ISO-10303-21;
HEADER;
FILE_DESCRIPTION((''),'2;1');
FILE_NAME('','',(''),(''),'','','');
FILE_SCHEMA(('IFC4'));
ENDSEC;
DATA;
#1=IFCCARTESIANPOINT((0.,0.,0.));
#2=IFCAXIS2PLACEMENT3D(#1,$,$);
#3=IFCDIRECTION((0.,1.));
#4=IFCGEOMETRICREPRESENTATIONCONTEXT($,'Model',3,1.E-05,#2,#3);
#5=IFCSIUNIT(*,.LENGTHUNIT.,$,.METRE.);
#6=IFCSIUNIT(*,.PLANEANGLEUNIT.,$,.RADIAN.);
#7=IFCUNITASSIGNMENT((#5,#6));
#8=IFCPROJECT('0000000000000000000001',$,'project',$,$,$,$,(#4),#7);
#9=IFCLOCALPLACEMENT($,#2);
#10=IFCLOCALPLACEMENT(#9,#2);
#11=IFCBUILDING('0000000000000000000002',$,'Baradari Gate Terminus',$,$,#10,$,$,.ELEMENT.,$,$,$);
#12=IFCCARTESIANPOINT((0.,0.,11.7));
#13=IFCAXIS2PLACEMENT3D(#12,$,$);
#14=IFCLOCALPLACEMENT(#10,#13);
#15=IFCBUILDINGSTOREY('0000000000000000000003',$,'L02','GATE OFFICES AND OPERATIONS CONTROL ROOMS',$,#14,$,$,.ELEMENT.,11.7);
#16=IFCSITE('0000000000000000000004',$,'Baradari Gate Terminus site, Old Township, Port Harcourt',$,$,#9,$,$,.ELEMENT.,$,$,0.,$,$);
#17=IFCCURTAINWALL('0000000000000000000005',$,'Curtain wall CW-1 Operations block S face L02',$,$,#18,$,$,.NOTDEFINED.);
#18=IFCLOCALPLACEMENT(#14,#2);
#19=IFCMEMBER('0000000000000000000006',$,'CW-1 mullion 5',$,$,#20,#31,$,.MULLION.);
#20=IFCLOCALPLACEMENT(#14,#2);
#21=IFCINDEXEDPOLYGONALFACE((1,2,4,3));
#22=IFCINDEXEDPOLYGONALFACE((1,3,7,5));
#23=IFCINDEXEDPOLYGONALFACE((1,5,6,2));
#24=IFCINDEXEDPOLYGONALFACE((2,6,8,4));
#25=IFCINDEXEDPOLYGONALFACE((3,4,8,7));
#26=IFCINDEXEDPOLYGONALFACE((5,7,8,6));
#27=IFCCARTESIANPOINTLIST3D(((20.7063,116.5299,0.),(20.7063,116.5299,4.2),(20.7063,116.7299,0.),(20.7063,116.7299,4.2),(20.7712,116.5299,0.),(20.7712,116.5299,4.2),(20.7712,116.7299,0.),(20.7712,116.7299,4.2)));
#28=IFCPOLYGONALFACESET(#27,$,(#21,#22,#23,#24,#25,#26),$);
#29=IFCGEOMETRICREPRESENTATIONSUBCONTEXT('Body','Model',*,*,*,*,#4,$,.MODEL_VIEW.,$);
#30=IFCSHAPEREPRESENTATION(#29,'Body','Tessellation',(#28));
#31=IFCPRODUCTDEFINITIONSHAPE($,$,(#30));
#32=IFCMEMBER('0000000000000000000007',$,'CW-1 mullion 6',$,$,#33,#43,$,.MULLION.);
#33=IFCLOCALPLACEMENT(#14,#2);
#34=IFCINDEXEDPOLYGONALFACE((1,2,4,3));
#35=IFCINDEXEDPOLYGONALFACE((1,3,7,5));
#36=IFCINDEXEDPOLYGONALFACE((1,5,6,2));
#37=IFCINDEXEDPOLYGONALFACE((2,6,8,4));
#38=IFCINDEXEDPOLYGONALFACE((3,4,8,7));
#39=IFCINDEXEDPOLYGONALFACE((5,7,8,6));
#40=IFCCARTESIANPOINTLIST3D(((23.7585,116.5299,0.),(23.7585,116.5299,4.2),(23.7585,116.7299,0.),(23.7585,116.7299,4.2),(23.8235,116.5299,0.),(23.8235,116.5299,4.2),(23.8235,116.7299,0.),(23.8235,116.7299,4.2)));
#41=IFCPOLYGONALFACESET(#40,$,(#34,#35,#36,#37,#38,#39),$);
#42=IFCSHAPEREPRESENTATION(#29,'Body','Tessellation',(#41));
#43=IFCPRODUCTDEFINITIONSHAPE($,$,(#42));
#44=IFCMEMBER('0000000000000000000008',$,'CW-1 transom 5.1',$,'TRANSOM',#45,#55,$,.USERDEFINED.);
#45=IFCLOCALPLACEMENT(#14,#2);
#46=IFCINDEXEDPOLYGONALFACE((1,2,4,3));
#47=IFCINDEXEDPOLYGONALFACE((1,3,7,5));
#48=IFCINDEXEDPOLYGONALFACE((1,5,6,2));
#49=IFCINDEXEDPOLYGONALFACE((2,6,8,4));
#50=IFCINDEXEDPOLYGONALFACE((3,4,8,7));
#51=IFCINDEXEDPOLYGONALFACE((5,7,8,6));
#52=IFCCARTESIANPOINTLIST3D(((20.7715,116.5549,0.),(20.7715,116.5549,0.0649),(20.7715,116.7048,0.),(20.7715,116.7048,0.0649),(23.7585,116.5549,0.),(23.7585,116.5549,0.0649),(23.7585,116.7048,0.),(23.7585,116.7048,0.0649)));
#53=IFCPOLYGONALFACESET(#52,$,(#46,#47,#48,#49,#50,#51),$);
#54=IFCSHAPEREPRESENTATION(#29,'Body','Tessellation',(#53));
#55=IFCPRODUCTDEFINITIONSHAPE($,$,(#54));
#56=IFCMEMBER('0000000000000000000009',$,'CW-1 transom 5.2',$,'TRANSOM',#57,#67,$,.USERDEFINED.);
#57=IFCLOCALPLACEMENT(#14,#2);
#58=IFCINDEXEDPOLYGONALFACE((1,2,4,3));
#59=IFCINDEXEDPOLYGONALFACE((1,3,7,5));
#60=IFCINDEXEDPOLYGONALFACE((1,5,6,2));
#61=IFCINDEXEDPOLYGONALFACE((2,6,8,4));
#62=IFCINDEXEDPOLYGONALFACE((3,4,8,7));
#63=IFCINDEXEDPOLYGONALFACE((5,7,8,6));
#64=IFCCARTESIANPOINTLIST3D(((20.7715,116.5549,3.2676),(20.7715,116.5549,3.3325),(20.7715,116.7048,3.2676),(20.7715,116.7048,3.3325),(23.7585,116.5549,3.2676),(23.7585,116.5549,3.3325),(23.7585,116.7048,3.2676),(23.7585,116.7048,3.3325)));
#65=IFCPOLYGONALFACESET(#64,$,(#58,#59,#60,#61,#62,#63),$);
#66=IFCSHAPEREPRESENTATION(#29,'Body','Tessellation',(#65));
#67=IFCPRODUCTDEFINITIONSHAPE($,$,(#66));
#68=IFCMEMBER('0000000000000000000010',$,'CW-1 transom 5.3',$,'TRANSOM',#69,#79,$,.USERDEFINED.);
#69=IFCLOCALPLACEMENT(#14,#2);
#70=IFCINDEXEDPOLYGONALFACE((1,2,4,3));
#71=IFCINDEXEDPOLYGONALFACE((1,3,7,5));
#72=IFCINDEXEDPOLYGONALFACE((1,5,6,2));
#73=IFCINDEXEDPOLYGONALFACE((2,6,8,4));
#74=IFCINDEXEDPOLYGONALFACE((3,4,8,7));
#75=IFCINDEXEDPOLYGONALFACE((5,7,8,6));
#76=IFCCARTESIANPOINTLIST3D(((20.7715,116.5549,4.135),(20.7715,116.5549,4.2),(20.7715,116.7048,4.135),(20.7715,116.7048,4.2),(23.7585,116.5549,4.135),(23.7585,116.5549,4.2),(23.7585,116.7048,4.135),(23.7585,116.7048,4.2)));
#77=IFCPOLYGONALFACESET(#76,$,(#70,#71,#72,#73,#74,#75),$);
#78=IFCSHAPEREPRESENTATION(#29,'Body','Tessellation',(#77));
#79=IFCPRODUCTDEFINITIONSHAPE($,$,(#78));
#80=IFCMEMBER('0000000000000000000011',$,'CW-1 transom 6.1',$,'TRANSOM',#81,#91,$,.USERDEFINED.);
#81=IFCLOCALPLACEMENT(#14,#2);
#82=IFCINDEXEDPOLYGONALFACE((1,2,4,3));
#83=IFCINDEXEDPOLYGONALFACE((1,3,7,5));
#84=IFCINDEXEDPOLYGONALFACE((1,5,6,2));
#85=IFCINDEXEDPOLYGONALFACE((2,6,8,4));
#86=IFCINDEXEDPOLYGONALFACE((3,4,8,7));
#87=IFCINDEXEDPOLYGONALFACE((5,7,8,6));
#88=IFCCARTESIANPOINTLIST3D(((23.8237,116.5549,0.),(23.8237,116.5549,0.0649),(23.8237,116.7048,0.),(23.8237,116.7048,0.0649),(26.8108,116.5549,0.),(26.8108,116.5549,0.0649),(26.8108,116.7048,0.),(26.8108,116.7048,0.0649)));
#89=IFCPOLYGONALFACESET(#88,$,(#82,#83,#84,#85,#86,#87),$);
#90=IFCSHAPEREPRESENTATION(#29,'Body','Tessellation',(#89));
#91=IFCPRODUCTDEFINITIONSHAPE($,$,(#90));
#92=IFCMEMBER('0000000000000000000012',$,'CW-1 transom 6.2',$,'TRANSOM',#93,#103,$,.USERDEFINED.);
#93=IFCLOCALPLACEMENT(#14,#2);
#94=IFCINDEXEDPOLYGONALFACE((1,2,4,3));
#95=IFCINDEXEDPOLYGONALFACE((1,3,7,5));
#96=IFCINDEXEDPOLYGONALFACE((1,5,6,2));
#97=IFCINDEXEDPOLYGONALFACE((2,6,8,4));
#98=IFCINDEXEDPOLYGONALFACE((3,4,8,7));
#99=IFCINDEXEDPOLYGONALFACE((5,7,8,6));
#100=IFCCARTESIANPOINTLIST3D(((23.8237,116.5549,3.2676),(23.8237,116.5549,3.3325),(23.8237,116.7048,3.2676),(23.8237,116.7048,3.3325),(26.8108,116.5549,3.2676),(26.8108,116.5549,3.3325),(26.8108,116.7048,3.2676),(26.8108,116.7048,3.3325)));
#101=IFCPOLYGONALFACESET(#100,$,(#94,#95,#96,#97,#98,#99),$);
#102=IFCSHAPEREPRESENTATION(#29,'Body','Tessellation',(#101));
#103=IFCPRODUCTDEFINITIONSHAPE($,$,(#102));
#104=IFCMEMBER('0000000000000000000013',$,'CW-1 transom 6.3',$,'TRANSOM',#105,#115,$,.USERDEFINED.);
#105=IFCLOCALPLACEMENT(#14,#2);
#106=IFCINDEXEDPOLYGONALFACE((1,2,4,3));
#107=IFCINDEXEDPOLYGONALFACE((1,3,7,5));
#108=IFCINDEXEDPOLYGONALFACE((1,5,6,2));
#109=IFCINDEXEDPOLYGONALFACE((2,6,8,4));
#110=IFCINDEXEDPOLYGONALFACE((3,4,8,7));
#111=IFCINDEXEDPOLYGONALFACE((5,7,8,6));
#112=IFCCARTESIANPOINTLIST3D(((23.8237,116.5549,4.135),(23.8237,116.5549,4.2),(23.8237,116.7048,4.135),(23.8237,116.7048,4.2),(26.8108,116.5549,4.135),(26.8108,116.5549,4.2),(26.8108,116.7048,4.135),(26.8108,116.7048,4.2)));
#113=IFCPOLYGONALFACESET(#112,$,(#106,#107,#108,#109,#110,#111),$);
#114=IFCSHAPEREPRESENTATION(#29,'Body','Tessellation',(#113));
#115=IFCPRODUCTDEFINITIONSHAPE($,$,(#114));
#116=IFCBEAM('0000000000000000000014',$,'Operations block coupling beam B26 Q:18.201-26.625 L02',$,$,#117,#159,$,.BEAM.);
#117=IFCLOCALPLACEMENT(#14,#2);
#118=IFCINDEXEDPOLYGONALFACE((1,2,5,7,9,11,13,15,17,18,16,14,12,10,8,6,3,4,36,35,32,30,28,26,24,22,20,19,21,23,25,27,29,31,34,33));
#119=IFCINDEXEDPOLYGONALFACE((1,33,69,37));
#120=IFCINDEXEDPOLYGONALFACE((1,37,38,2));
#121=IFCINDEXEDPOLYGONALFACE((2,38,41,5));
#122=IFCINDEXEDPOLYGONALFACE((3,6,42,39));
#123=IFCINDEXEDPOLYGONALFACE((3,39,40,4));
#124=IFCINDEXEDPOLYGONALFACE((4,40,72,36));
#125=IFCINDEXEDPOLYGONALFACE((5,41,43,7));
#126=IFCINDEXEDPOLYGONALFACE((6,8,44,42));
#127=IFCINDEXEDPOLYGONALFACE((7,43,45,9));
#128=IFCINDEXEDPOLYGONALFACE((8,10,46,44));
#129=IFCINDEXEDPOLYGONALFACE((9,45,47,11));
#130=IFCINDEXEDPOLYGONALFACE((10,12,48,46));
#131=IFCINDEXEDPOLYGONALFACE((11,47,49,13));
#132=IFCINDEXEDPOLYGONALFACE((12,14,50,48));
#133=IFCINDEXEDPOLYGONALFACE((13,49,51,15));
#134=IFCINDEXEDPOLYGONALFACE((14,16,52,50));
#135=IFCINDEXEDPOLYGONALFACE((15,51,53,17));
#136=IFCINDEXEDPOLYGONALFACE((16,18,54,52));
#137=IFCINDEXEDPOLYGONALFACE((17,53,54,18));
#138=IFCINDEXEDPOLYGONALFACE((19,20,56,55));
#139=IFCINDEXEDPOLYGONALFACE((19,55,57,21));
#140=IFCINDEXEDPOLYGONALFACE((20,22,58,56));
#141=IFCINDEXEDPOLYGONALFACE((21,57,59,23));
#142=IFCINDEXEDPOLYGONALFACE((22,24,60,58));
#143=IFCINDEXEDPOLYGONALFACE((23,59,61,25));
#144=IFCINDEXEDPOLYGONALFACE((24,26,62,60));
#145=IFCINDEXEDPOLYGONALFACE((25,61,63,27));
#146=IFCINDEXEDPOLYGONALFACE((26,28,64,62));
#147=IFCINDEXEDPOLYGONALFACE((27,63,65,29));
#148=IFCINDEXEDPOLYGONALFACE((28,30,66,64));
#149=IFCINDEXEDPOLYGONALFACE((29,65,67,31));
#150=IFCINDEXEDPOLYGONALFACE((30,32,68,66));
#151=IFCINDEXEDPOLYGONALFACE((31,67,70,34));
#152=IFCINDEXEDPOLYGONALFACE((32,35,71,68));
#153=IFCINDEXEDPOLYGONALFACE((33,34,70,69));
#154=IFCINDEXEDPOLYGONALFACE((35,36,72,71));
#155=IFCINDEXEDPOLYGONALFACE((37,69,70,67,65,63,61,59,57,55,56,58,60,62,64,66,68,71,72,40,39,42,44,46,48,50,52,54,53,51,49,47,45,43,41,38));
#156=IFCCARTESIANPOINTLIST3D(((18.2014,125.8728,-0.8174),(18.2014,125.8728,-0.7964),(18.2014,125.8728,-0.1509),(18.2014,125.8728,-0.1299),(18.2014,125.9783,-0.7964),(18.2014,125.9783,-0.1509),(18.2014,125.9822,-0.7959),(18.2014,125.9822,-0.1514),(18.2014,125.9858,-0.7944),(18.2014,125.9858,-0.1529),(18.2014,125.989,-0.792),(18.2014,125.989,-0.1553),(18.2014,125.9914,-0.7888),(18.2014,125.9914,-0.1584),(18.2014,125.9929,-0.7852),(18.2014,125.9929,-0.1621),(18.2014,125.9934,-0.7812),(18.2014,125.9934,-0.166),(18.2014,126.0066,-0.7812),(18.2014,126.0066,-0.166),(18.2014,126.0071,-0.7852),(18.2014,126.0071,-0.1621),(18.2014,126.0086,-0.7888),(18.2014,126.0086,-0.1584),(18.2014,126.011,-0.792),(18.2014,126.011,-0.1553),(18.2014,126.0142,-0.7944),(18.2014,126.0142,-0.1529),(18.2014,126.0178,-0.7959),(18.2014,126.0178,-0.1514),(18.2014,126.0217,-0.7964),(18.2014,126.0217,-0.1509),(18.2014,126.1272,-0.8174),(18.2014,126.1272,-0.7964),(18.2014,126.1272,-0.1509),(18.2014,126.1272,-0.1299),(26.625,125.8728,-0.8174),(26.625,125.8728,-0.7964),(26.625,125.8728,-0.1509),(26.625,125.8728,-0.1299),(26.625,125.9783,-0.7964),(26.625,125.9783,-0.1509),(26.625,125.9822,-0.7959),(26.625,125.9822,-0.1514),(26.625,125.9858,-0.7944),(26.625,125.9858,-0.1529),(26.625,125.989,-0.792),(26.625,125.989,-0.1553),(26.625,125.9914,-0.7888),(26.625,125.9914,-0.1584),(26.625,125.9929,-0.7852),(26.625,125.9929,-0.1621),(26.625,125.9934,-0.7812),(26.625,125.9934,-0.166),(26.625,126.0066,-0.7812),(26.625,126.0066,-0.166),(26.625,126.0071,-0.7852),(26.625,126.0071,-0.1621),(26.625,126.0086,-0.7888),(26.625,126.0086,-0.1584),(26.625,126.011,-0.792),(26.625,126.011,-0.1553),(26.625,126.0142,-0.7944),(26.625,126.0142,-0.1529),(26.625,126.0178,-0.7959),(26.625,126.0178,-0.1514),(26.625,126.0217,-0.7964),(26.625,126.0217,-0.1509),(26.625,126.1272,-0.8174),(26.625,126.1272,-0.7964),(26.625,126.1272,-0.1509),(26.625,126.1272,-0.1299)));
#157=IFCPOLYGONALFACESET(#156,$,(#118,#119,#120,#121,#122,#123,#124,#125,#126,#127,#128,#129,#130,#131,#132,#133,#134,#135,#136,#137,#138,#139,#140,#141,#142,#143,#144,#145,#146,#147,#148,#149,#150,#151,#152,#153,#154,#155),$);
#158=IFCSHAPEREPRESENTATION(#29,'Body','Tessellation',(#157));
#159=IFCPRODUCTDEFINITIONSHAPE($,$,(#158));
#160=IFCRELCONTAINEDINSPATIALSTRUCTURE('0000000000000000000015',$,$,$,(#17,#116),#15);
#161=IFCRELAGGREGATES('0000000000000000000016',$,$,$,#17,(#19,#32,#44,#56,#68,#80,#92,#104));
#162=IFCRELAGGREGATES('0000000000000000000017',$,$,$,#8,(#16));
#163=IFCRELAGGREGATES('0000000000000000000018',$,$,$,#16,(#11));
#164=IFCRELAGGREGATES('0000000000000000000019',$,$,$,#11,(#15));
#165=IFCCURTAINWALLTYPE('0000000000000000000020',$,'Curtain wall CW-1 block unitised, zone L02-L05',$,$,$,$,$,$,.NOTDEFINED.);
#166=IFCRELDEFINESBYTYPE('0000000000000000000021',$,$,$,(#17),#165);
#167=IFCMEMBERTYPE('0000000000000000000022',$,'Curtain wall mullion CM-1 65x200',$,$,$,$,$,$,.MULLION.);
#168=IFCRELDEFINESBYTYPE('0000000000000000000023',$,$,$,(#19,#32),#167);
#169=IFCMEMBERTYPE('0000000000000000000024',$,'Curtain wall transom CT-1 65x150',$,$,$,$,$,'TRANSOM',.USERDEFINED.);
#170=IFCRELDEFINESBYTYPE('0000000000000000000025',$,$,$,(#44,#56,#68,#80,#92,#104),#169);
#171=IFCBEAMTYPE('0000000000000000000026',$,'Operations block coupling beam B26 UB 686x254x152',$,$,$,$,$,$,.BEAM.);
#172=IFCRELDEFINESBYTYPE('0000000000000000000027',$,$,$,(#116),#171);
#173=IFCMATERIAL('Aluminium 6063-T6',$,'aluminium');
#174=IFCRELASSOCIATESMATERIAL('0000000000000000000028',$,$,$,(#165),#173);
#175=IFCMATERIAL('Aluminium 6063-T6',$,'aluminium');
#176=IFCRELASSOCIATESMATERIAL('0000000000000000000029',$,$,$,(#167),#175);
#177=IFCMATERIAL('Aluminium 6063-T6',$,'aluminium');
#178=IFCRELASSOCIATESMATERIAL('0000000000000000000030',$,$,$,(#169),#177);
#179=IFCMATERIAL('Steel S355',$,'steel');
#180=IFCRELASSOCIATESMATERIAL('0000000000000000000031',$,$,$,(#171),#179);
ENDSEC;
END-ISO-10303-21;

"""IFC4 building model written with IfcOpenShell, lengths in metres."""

from ifc_helpers import new_model, si_unit, direction, frame, origin, origin_2d, place, context, subcontext, project, spatial, rectangle, i_section, extrude, material, material_profile, profile_set, type_object, element, aggregate, save


model = new_model("IFC4")

# Units and contexts
model_context = context("Model", 3, precision=1e-05, world=origin(), true_north=direction((0.0, 1.0)))
body_context = subcontext(model_context, "Body", "Model", "MODEL_VIEW")
ifc_project = project(units=[si_unit("LENGTHUNIT", "METRE"), si_unit("PLANEANGLEUNIT", "RADIAN")], contexts=[model_context])

# Site, building, storey
site_placement = place(None, origin())
site = spatial("IfcSite", under=ifc_project, at=site_placement, Name="Baradari Gate Terminus site, Old Township, Port Harcourt", CompositionType="ELEMENT", RefElevation=0.0)
building_placement = place(site_placement, origin())
building = spatial("IfcBuilding", under=site, at=building_placement, Name="Baradari Gate Terminus", CompositionType="ELEMENT")
storey_placement = place(building_placement, frame((0.0, 0.0, 11.7)))
storey = spatial("IfcBuildingStorey", under=building, at=storey_placement, Name="L02", Description="GATE OFFICES AND OPERATIONS CONTROL ROOMS", CompositionType="ELEMENT", Elevation=11.7)

# Curtain wall, members
ifc_material_1 = material(Name="Aluminium 6063-T6", Category="aluminium")
curtain_wall_type = type_object("IfcCurtainWallType", Name="Curtain wall CW-1 block unitised, zone L02-L05", PredefinedType="NOTDEFINED", material=ifc_material_1)
curtain_wall_placement = place(storey_placement, origin())
curtain_wall = element("IfcCurtainWall", 1, at=curtain_wall_placement, inside=storey, type_object=curtain_wall_type, Name="Curtain wall CW-1 Operations block S face L02", PredefinedType="NOTDEFINED")
ifc_material_2 = material(Name="Aluminium 6063-T6", Category="aluminium")
ifc_material_profile_1 = material_profile(ifc_material_2, rectangle(XDim=0.2, YDim=0.0649, at=origin_2d()), Name="CM-1 65X200")
ifc_profile_set_1 = profile_set([ifc_material_profile_1], Name="Aluminium 6063-T6")
member_type_1 = type_object("IfcMemberType", Name="Curtain wall mullion CM-1 65x200", PredefinedType="MULLION", material=ifc_profile_set_1)
member_1_placement = place(storey_placement, frame((20.7388, 116.6299, 0.0), z_axis=(0.0, 0.0, 1.0), x_axis=(0.0, 1.0, 0.0)))
member_1 = element("IfcMember", 2, at=member_1_placement, type_object=member_type_1, Name="CW-1 mullion 5", PredefinedType="MULLION", context=body_context, shape_type="SweptSolid", body=[
    extrude(rectangle(XDim=0.2, YDim=0.0649, at=origin_2d()), origin(), (0.0, 0.0, 1.0), 4.2),
])
member_2_placement = place(storey_placement, frame((23.791, 116.6299, 0.0), z_axis=(0.0, 0.0, 1.0), x_axis=(0.0, 1.0, 0.0)))
member_2 = element("IfcMember", 3, at=member_2_placement, type_object=member_type_1, Name="CW-1 mullion 6", PredefinedType="MULLION", context=body_context, shape_type="SweptSolid", body=[
    extrude(rectangle(XDim=0.2, YDim=0.0649, at=origin_2d()), origin(), (0.0, 0.0, 1.0), 4.2),
])
ifc_material_3 = material(Name="Aluminium 6063-T6", Category="aluminium")
ifc_material_profile_2 = material_profile(ifc_material_3, rectangle(XDim=0.1499, YDim=0.0649, at=origin_2d()), Name="CT-1 65X150")
ifc_profile_set_2 = profile_set([ifc_material_profile_2], Name="Aluminium 6063-T6")
member_type_2 = type_object("IfcMemberType", Name="Curtain wall transom CT-1 65x150", ElementType="TRANSOM", PredefinedType="USERDEFINED", material=ifc_profile_set_2)
member_3_placement = place(storey_placement, frame((20.7715, 116.6299, 0.0325), z_axis=(1.0, 0.0, 0.0), x_axis=(0.0, 1.0, 0.0)))
member_3 = element("IfcMember", 4, at=member_3_placement, type_object=member_type_2, Name="CW-1 transom 5.1", ObjectType="TRANSOM", PredefinedType="USERDEFINED", context=body_context, shape_type="SweptSolid", body=[
    extrude(rectangle(XDim=0.1499, YDim=0.0649, at=origin_2d()), origin(), (0.0, 0.0, 1.0), 2.9871),
])
member_4_placement = place(storey_placement, frame((20.7715, 116.6299, 3.3), z_axis=(1.0, 0.0, 0.0), x_axis=(0.0, 1.0, 0.0)))
member_4 = element("IfcMember", 5, at=member_4_placement, type_object=member_type_2, Name="CW-1 transom 5.2", ObjectType="TRANSOM", PredefinedType="USERDEFINED", context=body_context, shape_type="SweptSolid", body=[
    extrude(rectangle(XDim=0.1499, YDim=0.0649, at=origin_2d()), origin(), (0.0, 0.0, 1.0), 2.9871),
])
member_5_placement = place(storey_placement, frame((20.7715, 116.6299, 4.1675), z_axis=(1.0, 0.0, 0.0), x_axis=(0.0, 1.0, 0.0)))
member_5 = element("IfcMember", 6, at=member_5_placement, type_object=member_type_2, Name="CW-1 transom 5.3", ObjectType="TRANSOM", PredefinedType="USERDEFINED", context=body_context, shape_type="SweptSolid", body=[
    extrude(rectangle(XDim=0.1499, YDim=0.0649, at=origin_2d()), origin(), (0.0, 0.0, 1.0), 2.9871),
])
member_6_placement = place(storey_placement, frame((23.8237, 116.6299, 0.0325), z_axis=(1.0, 0.0, 0.0), x_axis=(0.0, 1.0, 0.0)))
member_6 = element("IfcMember", 7, at=member_6_placement, type_object=member_type_2, Name="CW-1 transom 6.1", ObjectType="TRANSOM", PredefinedType="USERDEFINED", context=body_context, shape_type="SweptSolid", body=[
    extrude(rectangle(XDim=0.1499, YDim=0.0649, at=origin_2d()), origin(), (0.0, 0.0, 1.0), 2.9871),
])
member_7_placement = place(storey_placement, frame((23.8237, 116.6299, 3.3), z_axis=(1.0, 0.0, 0.0), x_axis=(0.0, 1.0, 0.0)))
member_7 = element("IfcMember", 8, at=member_7_placement, type_object=member_type_2, Name="CW-1 transom 6.2", ObjectType="TRANSOM", PredefinedType="USERDEFINED", context=body_context, shape_type="SweptSolid", body=[
    extrude(rectangle(XDim=0.1499, YDim=0.0649, at=origin_2d()), origin(), (0.0, 0.0, 1.0), 2.9871),
])
member_8_placement = place(storey_placement, frame((23.8237, 116.6299, 4.1675), z_axis=(1.0, 0.0, 0.0), x_axis=(0.0, 1.0, 0.0)))
member_8 = element("IfcMember", 9, at=member_8_placement, type_object=member_type_2, Name="CW-1 transom 6.3", ObjectType="TRANSOM", PredefinedType="USERDEFINED", context=body_context, shape_type="SweptSolid", body=[
    extrude(rectangle(XDim=0.1499, YDim=0.0649, at=origin_2d()), origin(), (0.0, 0.0, 1.0), 2.9871),
])

# Beam
ifc_material_4 = material(Name="Steel S355", Category="steel")
ifc_material_profile_3 = material_profile(ifc_material_4, i_section(OverallWidth=0.2544, OverallDepth=0.6875, WebThickness=0.0132, FlangeThickness=0.021, FilletRadius=0.0151, at=origin_2d()), Name="UB 686x254x152")
ifc_profile_set_3 = profile_set([ifc_material_profile_3], Name="Steel S355")
beam_type_1 = type_object("IfcBeamType", Name="Operations block coupling beam B26 UB 686x254x152", PredefinedType="BEAM", material=ifc_profile_set_3)
beam_1_placement = place(storey_placement, frame((18.2014, 126.0, -0.4736), z_axis=(1.0, 0.0, 0.0), x_axis=(0.0, 1.0, 0.0)))
element("IfcBeam", 10, at=beam_1_placement, inside=storey, type_object=beam_type_1, Name="Operations block coupling beam B26 Q:18.201-26.625 L02", PredefinedType="BEAM", context=body_context, shape_type="SweptSolid", body=[
    extrude(i_section(OverallWidth=0.2544, OverallDepth=0.6875, WebThickness=0.0132, FlangeThickness=0.021, FilletRadius=0.0151, at=origin_2d()), origin(), (0.0, 0.0, 1.0), 8.4236),
])

aggregate(curtain_wall, [member_1, member_2, member_3, member_4, member_5, member_6, member_7, member_8])

save(model, "model.ifc")
